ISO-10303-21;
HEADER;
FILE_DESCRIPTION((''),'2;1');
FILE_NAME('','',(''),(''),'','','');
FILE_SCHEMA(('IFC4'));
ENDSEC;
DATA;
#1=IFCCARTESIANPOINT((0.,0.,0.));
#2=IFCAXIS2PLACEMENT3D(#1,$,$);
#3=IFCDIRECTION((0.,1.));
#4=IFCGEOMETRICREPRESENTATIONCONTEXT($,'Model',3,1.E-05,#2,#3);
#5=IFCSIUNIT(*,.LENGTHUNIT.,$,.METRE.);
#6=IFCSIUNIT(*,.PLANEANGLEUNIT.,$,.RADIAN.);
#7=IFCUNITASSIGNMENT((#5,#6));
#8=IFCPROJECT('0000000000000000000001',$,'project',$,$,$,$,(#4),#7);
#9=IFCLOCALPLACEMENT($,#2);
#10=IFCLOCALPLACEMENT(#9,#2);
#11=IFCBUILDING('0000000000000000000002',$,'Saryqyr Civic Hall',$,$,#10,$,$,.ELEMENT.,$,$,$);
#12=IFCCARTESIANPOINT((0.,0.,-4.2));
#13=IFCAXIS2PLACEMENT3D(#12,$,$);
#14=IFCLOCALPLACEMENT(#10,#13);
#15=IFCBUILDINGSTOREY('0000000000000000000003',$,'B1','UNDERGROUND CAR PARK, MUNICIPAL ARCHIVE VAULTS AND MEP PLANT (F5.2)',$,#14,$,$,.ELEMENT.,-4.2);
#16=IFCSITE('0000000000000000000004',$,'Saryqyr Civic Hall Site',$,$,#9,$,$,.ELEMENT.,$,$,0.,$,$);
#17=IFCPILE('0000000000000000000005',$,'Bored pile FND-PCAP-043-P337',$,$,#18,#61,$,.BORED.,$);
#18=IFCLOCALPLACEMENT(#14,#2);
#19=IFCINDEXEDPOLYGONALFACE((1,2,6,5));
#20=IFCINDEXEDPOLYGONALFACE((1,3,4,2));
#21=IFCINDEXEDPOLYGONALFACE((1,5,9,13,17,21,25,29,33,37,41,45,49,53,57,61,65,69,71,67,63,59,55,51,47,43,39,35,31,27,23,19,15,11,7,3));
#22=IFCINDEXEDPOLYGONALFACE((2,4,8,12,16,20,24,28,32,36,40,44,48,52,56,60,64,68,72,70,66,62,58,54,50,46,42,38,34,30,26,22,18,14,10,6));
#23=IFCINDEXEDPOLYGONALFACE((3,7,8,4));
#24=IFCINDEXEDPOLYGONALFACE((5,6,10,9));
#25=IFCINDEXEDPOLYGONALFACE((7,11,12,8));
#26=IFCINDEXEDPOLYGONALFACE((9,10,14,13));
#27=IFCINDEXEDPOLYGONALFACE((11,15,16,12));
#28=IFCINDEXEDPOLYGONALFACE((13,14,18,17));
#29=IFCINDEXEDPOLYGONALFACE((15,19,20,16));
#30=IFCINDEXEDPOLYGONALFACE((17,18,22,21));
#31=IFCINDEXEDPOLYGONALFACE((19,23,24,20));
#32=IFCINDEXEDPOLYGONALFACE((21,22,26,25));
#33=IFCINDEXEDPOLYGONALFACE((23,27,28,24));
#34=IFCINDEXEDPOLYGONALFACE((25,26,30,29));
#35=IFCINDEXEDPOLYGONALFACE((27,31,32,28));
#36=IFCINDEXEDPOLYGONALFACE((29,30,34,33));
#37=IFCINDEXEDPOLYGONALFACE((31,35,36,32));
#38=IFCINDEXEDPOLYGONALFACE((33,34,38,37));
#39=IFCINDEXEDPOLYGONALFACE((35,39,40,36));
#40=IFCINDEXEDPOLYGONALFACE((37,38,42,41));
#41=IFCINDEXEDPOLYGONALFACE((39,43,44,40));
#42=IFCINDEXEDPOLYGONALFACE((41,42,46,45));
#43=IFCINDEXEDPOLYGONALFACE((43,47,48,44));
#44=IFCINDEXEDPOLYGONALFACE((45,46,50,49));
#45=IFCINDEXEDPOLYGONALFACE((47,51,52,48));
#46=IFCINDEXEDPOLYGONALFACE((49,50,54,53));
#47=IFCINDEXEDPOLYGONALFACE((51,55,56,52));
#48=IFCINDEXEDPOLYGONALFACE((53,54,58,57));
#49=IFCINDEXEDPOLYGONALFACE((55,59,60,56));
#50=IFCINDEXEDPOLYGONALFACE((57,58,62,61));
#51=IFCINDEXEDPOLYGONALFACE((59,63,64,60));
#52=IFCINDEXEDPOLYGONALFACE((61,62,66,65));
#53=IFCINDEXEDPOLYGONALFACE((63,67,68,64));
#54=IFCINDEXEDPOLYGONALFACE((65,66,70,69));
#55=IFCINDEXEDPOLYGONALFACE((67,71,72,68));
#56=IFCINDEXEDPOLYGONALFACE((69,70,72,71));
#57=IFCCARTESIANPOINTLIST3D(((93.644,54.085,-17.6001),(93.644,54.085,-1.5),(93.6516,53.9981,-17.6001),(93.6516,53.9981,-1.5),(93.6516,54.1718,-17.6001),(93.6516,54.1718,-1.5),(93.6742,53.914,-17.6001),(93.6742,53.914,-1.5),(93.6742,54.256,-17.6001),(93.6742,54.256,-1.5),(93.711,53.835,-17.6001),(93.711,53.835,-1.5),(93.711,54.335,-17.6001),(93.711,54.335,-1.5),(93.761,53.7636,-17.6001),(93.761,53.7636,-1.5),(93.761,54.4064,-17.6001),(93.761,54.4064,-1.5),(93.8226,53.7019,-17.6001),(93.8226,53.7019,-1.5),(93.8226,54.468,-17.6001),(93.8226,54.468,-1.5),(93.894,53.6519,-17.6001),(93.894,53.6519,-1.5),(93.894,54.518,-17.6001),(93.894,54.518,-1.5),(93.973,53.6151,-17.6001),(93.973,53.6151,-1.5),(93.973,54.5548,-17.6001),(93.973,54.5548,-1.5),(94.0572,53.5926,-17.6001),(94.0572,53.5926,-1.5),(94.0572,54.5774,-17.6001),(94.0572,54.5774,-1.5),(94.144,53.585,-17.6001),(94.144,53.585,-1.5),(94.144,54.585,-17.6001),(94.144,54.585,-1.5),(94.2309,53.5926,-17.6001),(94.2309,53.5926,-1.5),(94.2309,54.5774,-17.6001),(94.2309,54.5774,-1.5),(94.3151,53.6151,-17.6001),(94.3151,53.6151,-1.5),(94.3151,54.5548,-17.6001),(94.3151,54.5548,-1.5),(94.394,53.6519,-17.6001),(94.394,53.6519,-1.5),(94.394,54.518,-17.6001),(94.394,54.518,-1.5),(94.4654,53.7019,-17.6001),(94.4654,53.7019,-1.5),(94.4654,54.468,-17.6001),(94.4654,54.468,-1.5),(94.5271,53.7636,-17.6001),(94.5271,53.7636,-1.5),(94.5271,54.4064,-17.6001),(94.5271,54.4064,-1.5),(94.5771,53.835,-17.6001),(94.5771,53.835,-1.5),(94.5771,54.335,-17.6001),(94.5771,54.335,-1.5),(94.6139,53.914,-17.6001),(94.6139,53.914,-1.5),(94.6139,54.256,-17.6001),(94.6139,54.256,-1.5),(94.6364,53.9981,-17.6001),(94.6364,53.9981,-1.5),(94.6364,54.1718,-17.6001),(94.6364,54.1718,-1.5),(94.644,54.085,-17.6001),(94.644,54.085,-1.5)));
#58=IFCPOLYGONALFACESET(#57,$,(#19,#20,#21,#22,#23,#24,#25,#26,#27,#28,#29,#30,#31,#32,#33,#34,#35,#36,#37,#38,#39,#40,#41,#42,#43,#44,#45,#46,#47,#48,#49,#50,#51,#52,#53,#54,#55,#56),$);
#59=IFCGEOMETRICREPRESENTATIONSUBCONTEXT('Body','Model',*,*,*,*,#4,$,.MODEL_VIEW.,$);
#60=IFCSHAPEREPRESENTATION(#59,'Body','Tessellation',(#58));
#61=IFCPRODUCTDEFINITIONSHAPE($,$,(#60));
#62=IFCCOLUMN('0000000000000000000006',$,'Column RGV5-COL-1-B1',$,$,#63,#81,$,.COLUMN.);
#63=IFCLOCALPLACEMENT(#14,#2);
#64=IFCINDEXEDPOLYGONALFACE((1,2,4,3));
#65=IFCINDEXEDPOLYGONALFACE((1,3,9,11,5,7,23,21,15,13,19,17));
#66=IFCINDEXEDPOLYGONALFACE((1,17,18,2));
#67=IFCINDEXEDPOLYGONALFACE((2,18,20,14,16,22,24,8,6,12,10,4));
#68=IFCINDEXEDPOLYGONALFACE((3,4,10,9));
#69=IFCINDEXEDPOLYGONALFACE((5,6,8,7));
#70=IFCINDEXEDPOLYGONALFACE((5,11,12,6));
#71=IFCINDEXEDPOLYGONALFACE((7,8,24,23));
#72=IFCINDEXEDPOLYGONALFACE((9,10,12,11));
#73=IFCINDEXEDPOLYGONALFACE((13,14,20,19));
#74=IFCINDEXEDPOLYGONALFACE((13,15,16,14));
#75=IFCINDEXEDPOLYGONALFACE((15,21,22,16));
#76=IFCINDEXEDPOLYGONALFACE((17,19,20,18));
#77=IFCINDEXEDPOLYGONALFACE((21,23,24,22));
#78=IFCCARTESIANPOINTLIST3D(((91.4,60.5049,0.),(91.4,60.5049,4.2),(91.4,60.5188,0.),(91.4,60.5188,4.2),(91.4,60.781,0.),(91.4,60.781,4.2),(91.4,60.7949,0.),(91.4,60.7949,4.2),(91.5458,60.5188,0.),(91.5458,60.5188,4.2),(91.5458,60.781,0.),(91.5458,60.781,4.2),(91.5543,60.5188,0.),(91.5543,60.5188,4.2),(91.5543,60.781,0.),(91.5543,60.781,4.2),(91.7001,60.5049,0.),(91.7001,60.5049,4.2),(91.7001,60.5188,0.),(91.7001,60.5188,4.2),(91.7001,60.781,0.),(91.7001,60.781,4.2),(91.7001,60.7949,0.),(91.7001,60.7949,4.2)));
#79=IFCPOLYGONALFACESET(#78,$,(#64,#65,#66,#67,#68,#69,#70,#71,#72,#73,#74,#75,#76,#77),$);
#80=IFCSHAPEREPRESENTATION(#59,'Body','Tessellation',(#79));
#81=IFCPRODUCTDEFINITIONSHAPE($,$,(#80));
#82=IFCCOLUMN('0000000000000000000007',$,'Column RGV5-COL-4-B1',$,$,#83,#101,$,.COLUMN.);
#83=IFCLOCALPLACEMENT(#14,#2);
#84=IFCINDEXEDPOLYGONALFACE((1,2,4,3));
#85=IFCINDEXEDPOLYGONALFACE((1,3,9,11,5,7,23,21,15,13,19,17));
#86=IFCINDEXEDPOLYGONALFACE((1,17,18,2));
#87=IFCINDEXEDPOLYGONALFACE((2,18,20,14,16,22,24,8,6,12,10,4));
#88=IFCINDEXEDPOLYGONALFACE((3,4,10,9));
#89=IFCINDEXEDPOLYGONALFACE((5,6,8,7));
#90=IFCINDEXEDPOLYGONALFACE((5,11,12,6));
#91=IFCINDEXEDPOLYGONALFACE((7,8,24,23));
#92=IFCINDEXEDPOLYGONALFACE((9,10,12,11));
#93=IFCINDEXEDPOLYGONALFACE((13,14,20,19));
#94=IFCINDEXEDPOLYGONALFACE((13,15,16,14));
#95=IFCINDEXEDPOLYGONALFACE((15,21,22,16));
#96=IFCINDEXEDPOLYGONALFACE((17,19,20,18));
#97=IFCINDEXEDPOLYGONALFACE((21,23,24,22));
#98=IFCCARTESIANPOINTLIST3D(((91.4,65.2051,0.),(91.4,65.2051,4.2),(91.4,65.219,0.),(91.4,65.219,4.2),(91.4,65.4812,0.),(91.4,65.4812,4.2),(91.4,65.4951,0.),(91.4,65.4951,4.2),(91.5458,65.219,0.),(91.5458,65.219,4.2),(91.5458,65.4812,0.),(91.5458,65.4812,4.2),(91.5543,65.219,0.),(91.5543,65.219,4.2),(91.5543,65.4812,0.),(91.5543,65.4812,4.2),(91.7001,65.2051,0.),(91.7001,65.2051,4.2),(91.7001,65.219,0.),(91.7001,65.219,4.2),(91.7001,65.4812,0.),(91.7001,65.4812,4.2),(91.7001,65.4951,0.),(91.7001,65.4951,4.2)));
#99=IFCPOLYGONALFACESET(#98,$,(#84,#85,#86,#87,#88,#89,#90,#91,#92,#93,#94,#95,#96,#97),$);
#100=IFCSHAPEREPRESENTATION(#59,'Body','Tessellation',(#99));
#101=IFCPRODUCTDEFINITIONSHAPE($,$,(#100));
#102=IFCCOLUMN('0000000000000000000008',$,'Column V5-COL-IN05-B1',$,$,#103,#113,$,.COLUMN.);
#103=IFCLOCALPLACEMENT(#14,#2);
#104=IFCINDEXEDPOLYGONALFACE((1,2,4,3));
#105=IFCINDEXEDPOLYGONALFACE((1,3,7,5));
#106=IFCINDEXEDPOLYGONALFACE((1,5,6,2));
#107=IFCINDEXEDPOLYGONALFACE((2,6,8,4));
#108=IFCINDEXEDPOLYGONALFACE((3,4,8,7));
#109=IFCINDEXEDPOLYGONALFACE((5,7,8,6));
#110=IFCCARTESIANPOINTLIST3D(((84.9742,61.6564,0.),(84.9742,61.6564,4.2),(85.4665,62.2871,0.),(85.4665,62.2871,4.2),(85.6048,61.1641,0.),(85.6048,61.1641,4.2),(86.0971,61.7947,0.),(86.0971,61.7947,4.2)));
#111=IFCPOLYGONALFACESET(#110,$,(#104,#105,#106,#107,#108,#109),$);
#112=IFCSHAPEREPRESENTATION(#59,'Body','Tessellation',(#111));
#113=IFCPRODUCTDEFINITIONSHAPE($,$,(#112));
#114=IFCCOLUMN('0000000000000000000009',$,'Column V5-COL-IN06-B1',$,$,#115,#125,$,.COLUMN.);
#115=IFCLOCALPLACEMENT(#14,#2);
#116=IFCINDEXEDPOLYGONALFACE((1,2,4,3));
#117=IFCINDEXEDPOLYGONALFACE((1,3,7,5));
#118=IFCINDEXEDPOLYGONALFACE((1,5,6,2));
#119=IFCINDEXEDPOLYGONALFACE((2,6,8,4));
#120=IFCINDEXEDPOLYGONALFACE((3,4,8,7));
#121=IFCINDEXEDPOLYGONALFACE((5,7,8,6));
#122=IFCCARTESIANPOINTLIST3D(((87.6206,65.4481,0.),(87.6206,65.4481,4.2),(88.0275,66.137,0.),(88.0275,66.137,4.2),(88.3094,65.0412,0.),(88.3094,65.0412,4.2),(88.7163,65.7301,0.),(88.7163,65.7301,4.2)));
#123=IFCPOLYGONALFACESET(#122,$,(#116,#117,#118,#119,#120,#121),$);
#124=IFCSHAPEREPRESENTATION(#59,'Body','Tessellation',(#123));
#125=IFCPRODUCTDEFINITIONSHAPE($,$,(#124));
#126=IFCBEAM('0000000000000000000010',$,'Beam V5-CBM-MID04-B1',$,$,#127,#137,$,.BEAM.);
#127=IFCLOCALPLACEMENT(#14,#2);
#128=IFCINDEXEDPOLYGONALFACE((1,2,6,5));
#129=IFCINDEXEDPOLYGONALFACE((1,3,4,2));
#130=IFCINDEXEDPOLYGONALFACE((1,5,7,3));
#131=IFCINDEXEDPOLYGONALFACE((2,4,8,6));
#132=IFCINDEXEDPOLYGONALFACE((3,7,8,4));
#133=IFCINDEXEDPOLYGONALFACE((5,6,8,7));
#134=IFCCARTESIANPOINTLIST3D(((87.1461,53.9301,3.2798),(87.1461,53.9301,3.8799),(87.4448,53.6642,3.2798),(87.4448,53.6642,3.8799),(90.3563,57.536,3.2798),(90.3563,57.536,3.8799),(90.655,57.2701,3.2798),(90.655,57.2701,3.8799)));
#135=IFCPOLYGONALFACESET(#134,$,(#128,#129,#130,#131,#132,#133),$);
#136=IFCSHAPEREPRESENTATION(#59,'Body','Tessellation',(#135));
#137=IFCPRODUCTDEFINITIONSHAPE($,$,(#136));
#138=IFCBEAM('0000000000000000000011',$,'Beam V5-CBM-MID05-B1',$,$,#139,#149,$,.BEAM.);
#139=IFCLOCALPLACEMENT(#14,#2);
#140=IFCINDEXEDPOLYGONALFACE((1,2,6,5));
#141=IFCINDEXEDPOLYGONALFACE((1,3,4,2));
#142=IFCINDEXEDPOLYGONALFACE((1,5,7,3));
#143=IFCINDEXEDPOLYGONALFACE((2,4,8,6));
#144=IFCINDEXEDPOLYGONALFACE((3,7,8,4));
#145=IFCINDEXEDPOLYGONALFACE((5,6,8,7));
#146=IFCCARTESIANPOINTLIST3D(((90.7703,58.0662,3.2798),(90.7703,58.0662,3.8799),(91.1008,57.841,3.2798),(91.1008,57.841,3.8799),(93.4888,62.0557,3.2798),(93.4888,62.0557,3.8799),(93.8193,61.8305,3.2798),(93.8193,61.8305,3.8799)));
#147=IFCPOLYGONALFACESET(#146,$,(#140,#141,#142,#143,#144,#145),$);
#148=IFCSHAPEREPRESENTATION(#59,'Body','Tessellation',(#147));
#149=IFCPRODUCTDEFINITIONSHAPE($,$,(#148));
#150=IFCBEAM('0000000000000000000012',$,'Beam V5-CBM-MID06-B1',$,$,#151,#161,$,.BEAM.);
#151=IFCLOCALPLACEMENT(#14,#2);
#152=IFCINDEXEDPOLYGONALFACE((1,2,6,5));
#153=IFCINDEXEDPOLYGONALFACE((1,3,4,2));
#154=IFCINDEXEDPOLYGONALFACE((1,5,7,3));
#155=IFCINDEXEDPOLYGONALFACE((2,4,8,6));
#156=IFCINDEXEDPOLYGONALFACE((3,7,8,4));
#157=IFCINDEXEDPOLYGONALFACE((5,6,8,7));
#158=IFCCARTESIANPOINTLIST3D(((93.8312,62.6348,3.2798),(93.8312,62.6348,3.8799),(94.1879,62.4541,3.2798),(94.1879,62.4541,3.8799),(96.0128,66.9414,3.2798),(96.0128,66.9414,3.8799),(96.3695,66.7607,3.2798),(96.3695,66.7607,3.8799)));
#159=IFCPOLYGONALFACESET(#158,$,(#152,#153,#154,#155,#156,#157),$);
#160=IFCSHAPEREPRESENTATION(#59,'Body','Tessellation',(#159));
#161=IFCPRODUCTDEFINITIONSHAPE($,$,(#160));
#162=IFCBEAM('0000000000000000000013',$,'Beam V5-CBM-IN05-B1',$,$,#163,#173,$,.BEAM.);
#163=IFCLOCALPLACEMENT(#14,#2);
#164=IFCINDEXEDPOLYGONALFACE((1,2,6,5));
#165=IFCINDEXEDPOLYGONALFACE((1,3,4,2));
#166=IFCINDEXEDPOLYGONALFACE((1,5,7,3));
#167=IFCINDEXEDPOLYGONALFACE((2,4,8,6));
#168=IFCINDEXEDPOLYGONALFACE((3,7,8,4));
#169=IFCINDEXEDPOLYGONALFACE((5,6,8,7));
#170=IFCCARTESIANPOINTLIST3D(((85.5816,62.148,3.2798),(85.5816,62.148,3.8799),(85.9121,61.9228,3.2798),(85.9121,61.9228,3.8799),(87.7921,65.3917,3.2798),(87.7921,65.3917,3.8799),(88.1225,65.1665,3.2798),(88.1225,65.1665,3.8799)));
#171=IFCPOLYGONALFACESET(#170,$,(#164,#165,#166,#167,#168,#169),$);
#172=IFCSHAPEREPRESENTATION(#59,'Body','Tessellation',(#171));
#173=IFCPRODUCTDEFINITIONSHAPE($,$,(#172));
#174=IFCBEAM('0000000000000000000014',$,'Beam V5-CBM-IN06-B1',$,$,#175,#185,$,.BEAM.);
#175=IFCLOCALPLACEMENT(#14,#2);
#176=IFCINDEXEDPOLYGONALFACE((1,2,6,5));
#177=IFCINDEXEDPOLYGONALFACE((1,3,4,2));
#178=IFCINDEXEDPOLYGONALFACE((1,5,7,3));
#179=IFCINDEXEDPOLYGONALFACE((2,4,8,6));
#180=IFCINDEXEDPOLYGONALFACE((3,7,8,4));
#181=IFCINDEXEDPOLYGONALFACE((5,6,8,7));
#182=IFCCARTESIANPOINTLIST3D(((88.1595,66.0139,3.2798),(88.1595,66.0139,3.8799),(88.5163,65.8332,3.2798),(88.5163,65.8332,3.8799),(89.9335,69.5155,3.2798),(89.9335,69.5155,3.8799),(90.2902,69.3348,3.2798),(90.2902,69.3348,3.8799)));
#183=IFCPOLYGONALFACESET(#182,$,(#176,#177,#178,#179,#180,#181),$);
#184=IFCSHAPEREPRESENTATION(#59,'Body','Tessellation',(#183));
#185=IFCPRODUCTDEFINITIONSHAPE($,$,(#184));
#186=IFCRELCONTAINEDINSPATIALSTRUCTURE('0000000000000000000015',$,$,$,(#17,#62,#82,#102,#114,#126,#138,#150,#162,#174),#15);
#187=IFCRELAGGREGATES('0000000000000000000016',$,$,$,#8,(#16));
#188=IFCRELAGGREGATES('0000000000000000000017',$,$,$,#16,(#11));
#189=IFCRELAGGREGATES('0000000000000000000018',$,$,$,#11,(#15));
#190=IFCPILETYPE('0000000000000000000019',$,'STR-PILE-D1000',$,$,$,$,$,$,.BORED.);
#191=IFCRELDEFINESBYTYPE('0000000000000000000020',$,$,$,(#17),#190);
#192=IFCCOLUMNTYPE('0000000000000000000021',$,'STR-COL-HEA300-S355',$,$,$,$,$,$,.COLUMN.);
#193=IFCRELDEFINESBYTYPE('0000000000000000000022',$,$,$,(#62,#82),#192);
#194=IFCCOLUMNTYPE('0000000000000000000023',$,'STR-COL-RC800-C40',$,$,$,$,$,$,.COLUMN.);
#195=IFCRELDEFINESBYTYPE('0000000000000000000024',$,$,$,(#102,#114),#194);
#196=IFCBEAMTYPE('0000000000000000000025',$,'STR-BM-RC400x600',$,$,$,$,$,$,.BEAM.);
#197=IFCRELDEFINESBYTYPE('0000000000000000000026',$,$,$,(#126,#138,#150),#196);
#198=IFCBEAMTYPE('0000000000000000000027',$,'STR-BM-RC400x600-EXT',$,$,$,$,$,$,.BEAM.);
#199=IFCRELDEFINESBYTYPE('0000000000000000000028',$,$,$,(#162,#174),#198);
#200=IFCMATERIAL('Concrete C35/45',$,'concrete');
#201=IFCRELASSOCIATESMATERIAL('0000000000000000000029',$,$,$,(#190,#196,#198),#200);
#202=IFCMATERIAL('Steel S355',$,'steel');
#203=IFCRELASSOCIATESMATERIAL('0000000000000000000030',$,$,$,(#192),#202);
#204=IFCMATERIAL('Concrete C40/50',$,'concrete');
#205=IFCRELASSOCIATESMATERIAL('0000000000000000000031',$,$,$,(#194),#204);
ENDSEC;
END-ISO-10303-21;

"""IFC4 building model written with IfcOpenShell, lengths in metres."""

from ifc_helpers import new_model, si_unit, direction, frame, origin, origin_2d, place, context, subcontext, project, spatial, rectangle, circle, i_section, extrude, material, material_profile, profile_set, type_object, element, save


model = new_model("IFC4")

# Units and contexts
model_context = context("Model", 3, precision=1e-05, world=origin(), true_north=direction((0.0, 1.0)))
body_context = subcontext(model_context, "Body", "Model", "MODEL_VIEW")
ifc_project = project(units=[si_unit("LENGTHUNIT", "METRE"), si_unit("PLANEANGLEUNIT", "RADIAN")], contexts=[model_context])

# Site, building, storey
site_placement = place(None, origin())
site = spatial("IfcSite", under=ifc_project, at=site_placement, Name="Saryqyr Civic Hall Site", CompositionType="ELEMENT", RefElevation=0.0)
building_placement = place(site_placement, origin())
building = spatial("IfcBuilding", under=site, at=building_placement, Name="Saryqyr Civic Hall", CompositionType="ELEMENT")
storey_placement = place(building_placement, frame((0.0, 0.0, -4.2)))
storey = spatial("IfcBuildingStorey", under=building, at=storey_placement, Name="B1", Description="UNDERGROUND CAR PARK, MUNICIPAL ARCHIVE VAULTS AND MEP PLANT (F5.2)", CompositionType="ELEMENT", Elevation=-4.2)

# Pile
ifc_material_1 = material(Name="Concrete C35/45", Category="concrete")
ifc_material_profile_1 = material_profile(ifc_material_1, circle(Radius=0.5, at=origin_2d()), Name="BORED PILE D1000")
ifc_profile_set_1 = profile_set([ifc_material_profile_1], Name="Concrete C35/45")
pile_type = type_object("IfcPileType", Name="STR-PILE-D1000", PredefinedType="BORED", material=ifc_profile_set_1)
for number, where, z_axis, x_axis, name in (
    (1, (94.144, 54.085, -1.5), (0.0, 0.0, -1.0), (1.0, 0.0, 0.0), "Bored pile FND-PCAP-043-P337"),
):
    element("IfcPile", number, at=place(storey_placement, frame(where, z_axis=z_axis, x_axis=x_axis)), inside=storey, type_object=pile_type, Name=name, PredefinedType="BORED", context=body_context, shape_type="SweptSolid", body=[
        extrude(circle(Radius=0.5, at=origin_2d()), origin(), (0.0, 0.0, 1.0), 16.1001),
    ])

# Columns
ifc_material_2 = material(Name="Steel S355", Category="steel")
ifc_material_profile_2 = material_profile(ifc_material_2, i_section(OverallWidth=0.3, OverallDepth=0.29, WebThickness=0.0085, FlangeThickness=0.0139, at=origin_2d()), Name="HEA 300")
ifc_profile_set_2 = profile_set([ifc_material_profile_2], Name="Steel S355")
column_type_1 = type_object("IfcColumnType", Name="STR-COL-HEA300-S355", PredefinedType="COLUMN", material=ifc_profile_set_2)
for number, where, z_axis, x_axis, name in (
    (2, (91.55, 60.6499, 0.0), (0.0, 0.0, 1.0), (1.0, 0.0, 0.0), "Column RGV5-COL-1-B1"),
    (3, (91.55, 65.3501, 0.0), (0.0, 0.0, 1.0), (1.0, 0.0, 0.0), "Column RGV5-COL-4-B1"),
):
    element("IfcColumn", number, at=place(storey_placement, frame(where, z_axis=z_axis, x_axis=x_axis)), inside=storey, type_object=column_type_1, Name=name, PredefinedType="COLUMN", context=body_context, shape_type="SweptSolid", body=[
        extrude(i_section(OverallWidth=0.3, OverallDepth=0.29, WebThickness=0.0085, FlangeThickness=0.0139, at=origin_2d()), origin(), (0.0, 0.0, 1.0), 4.2),
    ])
ifc_material_3 = material(Name="Concrete C40/50", Category="concrete")
ifc_material_profile_3 = material_profile(ifc_material_3, rectangle(XDim=0.8, YDim=0.8, at=origin_2d()), Name="RC 800x800")
ifc_profile_set_3 = profile_set([ifc_material_profile_3], Name="Concrete C40/50")
column_type_2 = type_object("IfcColumnType", Name="STR-COL-RC800-C40", PredefinedType="COLUMN", material=ifc_profile_set_3)
for number, where, z_axis, x_axis, name in (
    (4, (85.5356, 61.7256, 0.0), (0.0, 0.0, 1.0), (0.788226, -0.615386, 0.0), "Column V5-COL-IN05-B1"),
    (5, (88.1685, 65.5891, 0.0), (0.0, 0.0, 1.0), (0.861008, -0.508591, 0.0), "Column V5-COL-IN06-B1"),
):
    element("IfcColumn", number, at=place(storey_placement, frame(where, z_axis=z_axis, x_axis=x_axis)), inside=storey, type_object=column_type_2, Name=name, PredefinedType="COLUMN", context=body_context, shape_type="SweptSolid", body=[
        extrude(rectangle(XDim=0.8, YDim=0.8, at=origin_2d()), origin(), (0.0, 0.0, 1.0), 4.2),
    ])

# Beams
ifc_material_profile_4 = material_profile(ifc_material_1, rectangle(XDim=0.3999, YDim=0.6001, at=origin_2d()), Name="RC 400x600")
ifc_profile_set_4 = profile_set([ifc_material_profile_4], Name="Concrete C35/45")
beam_type_1 = type_object("IfcBeamType", Name="STR-BM-RC400x600", PredefinedType="BEAM", material=ifc_profile_set_4)
beam_1_placement = place(storey_placement, frame((87.2954, 53.7971, 3.5798), z_axis=(0.664932, 0.746904, 0.0), x_axis=(-0.746904, 0.664932, 0.0)))
element("IfcBeam", 6, at=beam_1_placement, inside=storey, type_object=beam_type_1, Name="Beam V5-CBM-MID04-B1", PredefinedType="BEAM", context=body_context, shape_type="SweptSolid", body=[
    extrude(rectangle(XDim=0.3999, YDim=0.6001, at=origin_2d()), origin(), (0.0, 0.0, 1.0), 4.8279),
])
for number, where, z_axis, x_axis, name in (
    (7, (90.9355, 57.9536, 3.5798), (0.563109, 0.826382, 0.0), (-0.826382, 0.563109, 0.0), "Beam V5-CBM-MID05-B1"),
    (8, (94.0095, 62.5444, 3.5798), (0.4519, 0.892068, 0.0), (-0.892068, 0.4519, 0.0), "Beam V5-CBM-MID06-B1"),
):
    element("IfcBeam", number, at=place(storey_placement, frame(where, z_axis=z_axis, x_axis=x_axis)), inside=storey, type_object=beam_type_1, Name=name, PredefinedType="BEAM", context=body_context, shape_type="SweptSolid", body=[
        extrude(rectangle(XDim=0.3999, YDim=0.6001, at=origin_2d()), origin(), (0.0, 0.0, 1.0), 4.8276),
    ])
ifc_material_profile_5 = material_profile(ifc_material_1, rectangle(XDim=0.3999, YDim=0.6001, at=origin_2d()), Name="RC 400x600")
ifc_profile_set_5 = profile_set([ifc_material_profile_5], Name="Concrete C35/45")
beam_type_2 = type_object("IfcBeamType", Name="STR-BM-RC400x600-EXT", PredefinedType="BEAM", material=ifc_profile_set_5)
for number, where, z_axis, x_axis, name in (
    (9, (85.7468, 62.0354, 3.5798), (0.56314, 0.826362, 0.0), (-0.826362, 0.56314, 0.0), "Beam V5-CBM-IN05-B1"),
    (10, (88.3379, 65.9236, 3.5798), (0.451934, 0.892051, 0.0), (-0.892051, 0.451934, 0.0), "Beam V5-CBM-IN06-B1"),
):
    element("IfcBeam", number, at=place(storey_placement, frame(where, z_axis=z_axis, x_axis=x_axis)), inside=storey, type_object=beam_type_2, Name=name, PredefinedType="BEAM", context=body_context, shape_type="SweptSolid", body=[
        extrude(rectangle(XDim=0.3999, YDim=0.6001, at=origin_2d()), origin(), (0.0, 0.0, 1.0), 3.9253),
    ])

save(model, "model.ifc")
